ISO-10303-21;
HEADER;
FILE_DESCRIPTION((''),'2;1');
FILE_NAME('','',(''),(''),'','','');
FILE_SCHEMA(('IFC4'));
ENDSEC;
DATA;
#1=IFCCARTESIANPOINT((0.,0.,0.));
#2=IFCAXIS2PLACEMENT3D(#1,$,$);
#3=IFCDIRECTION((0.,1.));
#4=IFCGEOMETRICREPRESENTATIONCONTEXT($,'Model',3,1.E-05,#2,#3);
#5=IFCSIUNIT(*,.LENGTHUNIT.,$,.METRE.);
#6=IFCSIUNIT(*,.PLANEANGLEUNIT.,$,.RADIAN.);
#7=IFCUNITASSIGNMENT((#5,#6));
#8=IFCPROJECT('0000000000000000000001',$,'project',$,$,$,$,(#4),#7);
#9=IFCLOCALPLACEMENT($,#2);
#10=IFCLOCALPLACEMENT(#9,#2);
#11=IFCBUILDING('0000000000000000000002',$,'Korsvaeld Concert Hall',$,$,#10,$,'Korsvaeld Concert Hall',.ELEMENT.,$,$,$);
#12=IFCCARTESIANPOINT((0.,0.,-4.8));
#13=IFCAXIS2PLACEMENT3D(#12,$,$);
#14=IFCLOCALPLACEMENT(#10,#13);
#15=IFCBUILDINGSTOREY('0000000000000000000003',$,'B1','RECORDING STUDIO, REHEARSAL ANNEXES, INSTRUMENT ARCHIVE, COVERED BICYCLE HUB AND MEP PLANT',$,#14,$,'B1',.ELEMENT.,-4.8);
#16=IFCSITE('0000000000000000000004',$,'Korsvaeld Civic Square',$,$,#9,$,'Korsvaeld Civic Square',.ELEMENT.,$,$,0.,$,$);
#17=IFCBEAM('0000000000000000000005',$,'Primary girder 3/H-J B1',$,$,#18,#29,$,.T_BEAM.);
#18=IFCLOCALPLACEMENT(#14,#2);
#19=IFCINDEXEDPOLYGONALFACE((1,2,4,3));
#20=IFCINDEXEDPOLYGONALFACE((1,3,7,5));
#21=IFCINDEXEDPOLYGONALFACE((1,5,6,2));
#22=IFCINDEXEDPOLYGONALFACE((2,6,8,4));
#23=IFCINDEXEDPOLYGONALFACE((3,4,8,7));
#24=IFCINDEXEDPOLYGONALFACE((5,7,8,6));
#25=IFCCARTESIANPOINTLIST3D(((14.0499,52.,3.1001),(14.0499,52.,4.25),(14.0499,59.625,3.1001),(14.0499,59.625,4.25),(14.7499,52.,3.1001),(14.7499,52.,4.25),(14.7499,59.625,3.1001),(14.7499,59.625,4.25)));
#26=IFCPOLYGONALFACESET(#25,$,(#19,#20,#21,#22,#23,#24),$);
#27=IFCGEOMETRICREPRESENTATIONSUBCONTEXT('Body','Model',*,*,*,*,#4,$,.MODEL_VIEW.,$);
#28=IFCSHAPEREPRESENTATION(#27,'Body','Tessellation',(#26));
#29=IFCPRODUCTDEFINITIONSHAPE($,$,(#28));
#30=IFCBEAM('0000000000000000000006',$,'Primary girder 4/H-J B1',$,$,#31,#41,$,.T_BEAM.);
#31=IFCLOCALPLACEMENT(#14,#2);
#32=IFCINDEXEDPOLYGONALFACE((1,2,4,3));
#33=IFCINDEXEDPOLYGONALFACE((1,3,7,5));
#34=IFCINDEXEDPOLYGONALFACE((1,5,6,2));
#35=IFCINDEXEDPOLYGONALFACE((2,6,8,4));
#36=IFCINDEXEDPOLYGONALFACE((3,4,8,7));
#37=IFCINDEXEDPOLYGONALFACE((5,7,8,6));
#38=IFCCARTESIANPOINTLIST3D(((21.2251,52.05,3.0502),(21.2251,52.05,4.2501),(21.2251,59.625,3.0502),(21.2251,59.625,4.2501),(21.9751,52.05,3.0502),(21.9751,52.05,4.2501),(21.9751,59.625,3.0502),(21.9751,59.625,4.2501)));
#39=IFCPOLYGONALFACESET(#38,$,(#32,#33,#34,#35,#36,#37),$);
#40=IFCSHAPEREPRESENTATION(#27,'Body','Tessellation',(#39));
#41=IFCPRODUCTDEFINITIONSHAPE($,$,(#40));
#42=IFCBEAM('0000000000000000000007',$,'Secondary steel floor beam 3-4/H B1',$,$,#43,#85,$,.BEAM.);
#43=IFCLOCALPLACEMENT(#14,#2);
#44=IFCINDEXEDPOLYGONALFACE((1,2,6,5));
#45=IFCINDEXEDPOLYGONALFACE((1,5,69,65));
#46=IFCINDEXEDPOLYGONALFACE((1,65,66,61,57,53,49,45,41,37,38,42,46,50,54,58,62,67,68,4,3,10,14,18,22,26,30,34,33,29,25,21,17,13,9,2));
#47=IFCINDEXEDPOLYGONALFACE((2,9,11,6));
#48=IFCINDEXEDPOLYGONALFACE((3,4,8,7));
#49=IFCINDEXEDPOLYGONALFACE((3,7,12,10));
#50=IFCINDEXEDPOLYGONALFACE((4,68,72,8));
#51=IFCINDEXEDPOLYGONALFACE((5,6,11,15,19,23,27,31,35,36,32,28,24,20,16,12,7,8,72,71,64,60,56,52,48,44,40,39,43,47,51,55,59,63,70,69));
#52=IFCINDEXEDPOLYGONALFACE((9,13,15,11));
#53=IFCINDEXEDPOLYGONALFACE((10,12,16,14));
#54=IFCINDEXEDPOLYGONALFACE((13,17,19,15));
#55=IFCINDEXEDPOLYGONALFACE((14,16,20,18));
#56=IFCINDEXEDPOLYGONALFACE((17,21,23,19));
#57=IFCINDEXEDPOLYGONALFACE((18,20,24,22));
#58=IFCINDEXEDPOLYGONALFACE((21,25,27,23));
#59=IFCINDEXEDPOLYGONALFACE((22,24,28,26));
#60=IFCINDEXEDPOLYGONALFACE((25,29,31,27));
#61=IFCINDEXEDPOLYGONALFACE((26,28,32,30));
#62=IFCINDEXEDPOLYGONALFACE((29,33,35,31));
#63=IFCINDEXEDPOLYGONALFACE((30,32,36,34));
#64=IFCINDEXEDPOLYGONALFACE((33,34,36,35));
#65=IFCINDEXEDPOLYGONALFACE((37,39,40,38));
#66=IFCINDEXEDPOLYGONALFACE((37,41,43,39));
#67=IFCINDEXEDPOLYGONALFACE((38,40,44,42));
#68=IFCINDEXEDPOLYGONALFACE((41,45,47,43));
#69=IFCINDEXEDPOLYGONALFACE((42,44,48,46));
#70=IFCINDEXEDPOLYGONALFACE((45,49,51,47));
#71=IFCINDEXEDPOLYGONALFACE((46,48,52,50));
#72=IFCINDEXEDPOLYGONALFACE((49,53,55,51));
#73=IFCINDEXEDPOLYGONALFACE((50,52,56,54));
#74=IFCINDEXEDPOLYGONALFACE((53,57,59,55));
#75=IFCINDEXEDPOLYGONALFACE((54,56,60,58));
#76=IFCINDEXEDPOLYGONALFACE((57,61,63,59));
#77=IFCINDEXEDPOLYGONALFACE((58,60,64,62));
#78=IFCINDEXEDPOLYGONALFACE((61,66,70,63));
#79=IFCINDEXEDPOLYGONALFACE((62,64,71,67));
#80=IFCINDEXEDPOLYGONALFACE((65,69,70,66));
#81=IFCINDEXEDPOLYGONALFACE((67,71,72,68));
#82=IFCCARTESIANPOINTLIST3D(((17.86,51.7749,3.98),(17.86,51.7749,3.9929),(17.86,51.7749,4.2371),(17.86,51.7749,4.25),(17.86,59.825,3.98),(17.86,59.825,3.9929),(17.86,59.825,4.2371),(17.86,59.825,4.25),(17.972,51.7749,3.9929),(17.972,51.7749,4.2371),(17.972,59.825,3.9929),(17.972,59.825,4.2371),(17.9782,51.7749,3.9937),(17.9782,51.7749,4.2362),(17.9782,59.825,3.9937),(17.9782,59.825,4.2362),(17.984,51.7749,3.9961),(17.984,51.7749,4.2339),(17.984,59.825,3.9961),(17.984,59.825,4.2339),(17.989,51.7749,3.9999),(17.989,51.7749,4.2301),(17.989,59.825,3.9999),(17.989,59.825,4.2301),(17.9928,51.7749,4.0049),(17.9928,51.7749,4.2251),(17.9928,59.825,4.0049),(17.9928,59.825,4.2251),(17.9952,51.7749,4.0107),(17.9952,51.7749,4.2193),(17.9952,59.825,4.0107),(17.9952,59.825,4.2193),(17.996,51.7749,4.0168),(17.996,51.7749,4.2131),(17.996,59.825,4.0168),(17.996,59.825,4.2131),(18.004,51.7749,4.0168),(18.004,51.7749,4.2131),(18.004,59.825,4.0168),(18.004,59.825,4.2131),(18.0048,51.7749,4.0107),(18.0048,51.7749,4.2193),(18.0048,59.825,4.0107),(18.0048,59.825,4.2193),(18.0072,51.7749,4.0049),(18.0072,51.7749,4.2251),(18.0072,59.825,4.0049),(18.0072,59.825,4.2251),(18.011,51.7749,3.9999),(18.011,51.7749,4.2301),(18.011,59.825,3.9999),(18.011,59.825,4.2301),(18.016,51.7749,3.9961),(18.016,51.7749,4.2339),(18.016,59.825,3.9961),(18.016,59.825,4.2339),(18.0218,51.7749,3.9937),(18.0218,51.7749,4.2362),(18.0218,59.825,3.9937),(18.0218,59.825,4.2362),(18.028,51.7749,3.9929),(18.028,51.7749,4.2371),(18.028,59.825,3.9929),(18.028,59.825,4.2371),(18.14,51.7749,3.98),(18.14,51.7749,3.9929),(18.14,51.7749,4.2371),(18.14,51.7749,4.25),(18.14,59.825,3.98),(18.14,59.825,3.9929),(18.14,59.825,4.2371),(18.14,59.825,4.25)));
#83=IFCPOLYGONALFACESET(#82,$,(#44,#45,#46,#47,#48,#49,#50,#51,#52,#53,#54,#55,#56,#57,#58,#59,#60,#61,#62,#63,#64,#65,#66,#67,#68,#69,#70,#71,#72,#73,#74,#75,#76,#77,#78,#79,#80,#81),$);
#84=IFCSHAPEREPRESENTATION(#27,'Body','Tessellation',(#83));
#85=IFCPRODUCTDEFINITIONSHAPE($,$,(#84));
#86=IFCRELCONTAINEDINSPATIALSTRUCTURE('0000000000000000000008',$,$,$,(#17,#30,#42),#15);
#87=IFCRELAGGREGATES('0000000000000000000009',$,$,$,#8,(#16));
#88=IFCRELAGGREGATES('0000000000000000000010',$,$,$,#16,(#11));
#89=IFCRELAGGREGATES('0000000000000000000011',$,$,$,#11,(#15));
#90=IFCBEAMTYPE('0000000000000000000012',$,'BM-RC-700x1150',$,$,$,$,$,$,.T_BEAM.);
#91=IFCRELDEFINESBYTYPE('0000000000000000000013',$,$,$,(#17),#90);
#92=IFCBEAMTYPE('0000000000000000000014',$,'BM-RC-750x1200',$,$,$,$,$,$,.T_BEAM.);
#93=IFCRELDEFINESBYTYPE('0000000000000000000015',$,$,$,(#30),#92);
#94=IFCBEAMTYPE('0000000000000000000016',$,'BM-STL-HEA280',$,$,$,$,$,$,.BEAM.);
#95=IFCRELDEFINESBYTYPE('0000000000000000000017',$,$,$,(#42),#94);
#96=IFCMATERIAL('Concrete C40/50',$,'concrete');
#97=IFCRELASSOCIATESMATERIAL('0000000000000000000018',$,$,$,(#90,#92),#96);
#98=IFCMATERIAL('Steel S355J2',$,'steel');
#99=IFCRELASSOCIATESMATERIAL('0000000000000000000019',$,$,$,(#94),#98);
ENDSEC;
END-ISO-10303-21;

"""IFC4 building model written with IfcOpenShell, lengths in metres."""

from ifc_helpers import new_model, si_unit, direction, frame, origin, origin_2d, place, context, subcontext, project, spatial, rectangle, i_section, extrude, material, material_profile, profile_set, type_object, element, save


model = new_model("IFC4")

# Units and contexts
model_context = context("Model", 3, precision=1e-05, world=origin(), true_north=direction((0.0, 1.0)))
body_context = subcontext(model_context, "Body", "Model", "MODEL_VIEW")
ifc_project = project(units=[si_unit("LENGTHUNIT", "METRE"), si_unit("PLANEANGLEUNIT", "RADIAN")], contexts=[model_context])

# Site, building, storey
site_placement = place(None, origin())
site = spatial("IfcSite", under=ifc_project, at=site_placement, Name="Korsvaeld Civic Square", LongName="Korsvaeld Civic Square", CompositionType="ELEMENT", RefElevation=0.0)
building_placement = place(site_placement, origin())
building = spatial("IfcBuilding", under=site, at=building_placement, Name="Korsvaeld Concert Hall", LongName="Korsvaeld Concert Hall", CompositionType="ELEMENT")
storey_placement = place(building_placement, frame((0.0, 0.0, -4.8)))
storey = spatial("IfcBuildingStorey", under=building, at=storey_placement, Name="B1", Description="RECORDING STUDIO, REHEARSAL ANNEXES, INSTRUMENT ARCHIVE, COVERED BICYCLE HUB AND MEP PLANT", LongName="B1", CompositionType="ELEMENT", Elevation=-4.8)

# Shared definitions
ifc_material_1 = material(Name="Concrete C40/50", Category="concrete")

# Beams
ifc_material_profile_1 = material_profile(ifc_material_1, rectangle(XDim=0.7, YDim=1.1499, at=origin_2d()), Name="RC 700x1150")
ifc_profile_set_1 = profile_set([ifc_material_profile_1], Name="Concrete C40/50")
beam_type_1 = type_object("IfcBeamType", Name="BM-RC-700x1150", PredefinedType="T_BEAM", material=ifc_profile_set_1)
beam_1_placement = place(storey_placement, frame((14.3999, 52.0, 3.675), z_axis=(0.0, 1.0, 0.0), x_axis=(-1.0, 0.0, 0.0)))
element("IfcBeam", 1, at=beam_1_placement, inside=storey, type_object=beam_type_1, Name="Primary girder 3/H-J B1", PredefinedType="T_BEAM", context=body_context, shape_type="SweptSolid", body=[
    extrude(rectangle(XDim=0.7, YDim=1.1499, at=origin_2d()), origin(), (0.0, 0.0, 1.0), 7.625),
])
ifc_material_profile_2 = material_profile(ifc_material_1, rectangle(XDim=0.75, YDim=1.2, at=origin_2d()), Name="RC 750x1200")
ifc_profile_set_2 = profile_set([ifc_material_profile_2], Name="Concrete C40/50")
beam_type_2 = type_object("IfcBeamType", Name="BM-RC-750x1200", PredefinedType="T_BEAM", material=ifc_profile_set_2)
beam_2_placement = place(storey_placement, frame((21.6001, 52.05, 3.6501), z_axis=(0.0, 1.0, 0.0), x_axis=(-1.0, 0.0, 0.0)))
element("IfcBeam", 2, at=beam_2_placement, inside=storey, type_object=beam_type_2, Name="Primary girder 4/H-J B1", PredefinedType="T_BEAM", context=body_context, shape_type="SweptSolid", body=[
    extrude(rectangle(XDim=0.75, YDim=1.2, at=origin_2d()), origin(), (0.0, 0.0, 1.0), 7.575),
])
ifc_material_2 = material(Name="Steel S355J2", Category="steel")
ifc_material_profile_3 = material_profile(ifc_material_2, i_section(OverallWidth=0.28, OverallDepth=0.27, WebThickness=0.0081, FlangeThickness=0.0129, FilletRadius=0.0239, at=origin_2d()), Name="HEA 280")
ifc_profile_set_3 = profile_set([ifc_material_profile_3], Name="Steel S355J2")
beam_type_3 = type_object("IfcBeamType", Name="BM-STL-HEA280", PredefinedType="BEAM", material=ifc_profile_set_3)
beam_3_placement = place(storey_placement, frame((18.0, 51.7749, 4.115), z_axis=(0.0, 1.0, 0.0), x_axis=(-1.0, 0.0, 0.0)))
element("IfcBeam", 3, at=beam_3_placement, inside=storey, type_object=beam_type_3, Name="Secondary steel floor beam 3-4/H B1", PredefinedType="BEAM", context=body_context, shape_type="SweptSolid", body=[
    extrude(i_section(OverallWidth=0.28, OverallDepth=0.27, WebThickness=0.0081, FlangeThickness=0.0129, FilletRadius=0.0239, at=origin_2d()), origin(), (0.0, 0.0, 1.0), 8.05),
])

save(model, "model.ifc")
